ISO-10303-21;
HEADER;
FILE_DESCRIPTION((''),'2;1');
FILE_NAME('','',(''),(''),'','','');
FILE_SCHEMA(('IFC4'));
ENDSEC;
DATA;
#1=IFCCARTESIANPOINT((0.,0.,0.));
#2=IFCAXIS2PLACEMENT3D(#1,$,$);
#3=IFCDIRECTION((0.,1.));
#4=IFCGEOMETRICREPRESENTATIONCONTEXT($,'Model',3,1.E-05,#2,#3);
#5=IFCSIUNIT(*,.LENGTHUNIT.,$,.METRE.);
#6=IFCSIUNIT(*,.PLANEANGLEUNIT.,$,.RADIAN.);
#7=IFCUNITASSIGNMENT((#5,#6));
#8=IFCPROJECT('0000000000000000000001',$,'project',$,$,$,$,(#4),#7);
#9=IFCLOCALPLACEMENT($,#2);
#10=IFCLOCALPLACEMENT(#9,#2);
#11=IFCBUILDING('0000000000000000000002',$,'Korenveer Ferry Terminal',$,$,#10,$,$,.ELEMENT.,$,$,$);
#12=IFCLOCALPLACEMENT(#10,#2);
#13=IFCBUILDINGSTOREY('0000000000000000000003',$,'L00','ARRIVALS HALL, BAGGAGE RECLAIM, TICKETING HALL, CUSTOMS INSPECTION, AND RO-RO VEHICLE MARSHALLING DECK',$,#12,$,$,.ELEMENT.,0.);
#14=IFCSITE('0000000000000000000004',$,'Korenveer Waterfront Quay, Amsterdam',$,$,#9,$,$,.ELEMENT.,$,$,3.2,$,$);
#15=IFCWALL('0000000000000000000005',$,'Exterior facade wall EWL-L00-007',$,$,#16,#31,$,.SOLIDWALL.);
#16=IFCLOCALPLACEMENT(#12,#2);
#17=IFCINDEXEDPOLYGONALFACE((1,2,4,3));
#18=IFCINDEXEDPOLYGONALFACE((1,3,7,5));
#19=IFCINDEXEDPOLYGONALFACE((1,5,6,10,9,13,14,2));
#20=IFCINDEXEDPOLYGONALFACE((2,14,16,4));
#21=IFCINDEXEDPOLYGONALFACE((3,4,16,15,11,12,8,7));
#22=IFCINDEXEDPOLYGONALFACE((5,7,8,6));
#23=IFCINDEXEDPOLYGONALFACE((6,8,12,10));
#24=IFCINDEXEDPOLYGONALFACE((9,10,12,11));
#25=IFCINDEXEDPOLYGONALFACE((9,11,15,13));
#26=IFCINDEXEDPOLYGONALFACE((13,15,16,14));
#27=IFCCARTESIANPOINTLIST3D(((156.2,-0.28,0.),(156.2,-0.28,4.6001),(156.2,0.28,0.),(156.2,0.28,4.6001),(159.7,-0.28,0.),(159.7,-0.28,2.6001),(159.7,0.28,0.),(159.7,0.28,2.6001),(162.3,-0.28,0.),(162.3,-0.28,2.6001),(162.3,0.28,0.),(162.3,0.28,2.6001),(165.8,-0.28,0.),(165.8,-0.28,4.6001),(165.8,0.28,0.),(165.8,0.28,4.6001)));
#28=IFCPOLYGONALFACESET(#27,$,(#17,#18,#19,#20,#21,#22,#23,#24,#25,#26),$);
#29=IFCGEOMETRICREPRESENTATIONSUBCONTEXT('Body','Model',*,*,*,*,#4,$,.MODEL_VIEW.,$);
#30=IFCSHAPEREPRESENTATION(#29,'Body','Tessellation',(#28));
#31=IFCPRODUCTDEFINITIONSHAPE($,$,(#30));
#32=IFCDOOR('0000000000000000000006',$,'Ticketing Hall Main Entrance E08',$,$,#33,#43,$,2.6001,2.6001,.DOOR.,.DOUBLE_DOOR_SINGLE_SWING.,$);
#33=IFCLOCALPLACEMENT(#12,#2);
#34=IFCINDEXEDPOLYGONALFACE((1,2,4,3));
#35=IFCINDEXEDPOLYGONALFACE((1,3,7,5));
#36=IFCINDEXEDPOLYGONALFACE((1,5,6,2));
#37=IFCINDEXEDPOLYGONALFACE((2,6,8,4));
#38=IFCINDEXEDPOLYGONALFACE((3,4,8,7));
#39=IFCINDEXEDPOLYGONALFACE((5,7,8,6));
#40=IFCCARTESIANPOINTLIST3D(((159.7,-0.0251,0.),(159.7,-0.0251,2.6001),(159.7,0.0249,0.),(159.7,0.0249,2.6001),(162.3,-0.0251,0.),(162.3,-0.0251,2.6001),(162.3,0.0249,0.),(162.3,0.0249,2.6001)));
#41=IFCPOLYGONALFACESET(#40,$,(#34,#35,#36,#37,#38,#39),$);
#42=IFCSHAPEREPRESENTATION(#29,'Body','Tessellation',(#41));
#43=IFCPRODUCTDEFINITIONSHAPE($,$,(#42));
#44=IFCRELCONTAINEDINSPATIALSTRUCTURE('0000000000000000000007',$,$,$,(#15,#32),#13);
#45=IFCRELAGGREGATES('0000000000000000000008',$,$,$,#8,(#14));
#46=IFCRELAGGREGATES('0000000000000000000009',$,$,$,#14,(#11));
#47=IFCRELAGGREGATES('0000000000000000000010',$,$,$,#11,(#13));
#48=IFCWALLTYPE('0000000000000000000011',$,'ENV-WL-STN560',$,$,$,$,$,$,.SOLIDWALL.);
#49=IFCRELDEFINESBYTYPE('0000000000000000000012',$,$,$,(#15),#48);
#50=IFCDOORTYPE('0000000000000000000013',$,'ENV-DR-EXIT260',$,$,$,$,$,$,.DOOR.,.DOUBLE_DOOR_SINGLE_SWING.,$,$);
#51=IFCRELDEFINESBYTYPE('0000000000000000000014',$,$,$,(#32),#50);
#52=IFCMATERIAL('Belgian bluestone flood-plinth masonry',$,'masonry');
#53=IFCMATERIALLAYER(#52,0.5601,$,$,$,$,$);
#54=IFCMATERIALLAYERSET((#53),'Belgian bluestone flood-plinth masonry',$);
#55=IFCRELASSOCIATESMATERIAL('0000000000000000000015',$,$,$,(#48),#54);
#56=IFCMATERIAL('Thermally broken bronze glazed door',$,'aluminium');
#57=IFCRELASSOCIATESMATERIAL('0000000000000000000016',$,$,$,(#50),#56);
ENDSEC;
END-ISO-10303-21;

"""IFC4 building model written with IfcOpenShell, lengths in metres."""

from ifc_helpers import new_model, si_unit, direction, frame, frame_2d, origin, place, context, subcontext, project, spatial, rectangle, extrude, material, layer, layer_set, type_object, element, fill, save


model = new_model("IFC4")

# Units and contexts
model_context = context("Model", 3, precision=1e-05, world=origin(), true_north=direction((0.0, 1.0)))
body_context = subcontext(model_context, "Body", "Model", "MODEL_VIEW")
ifc_project = project(units=[si_unit("LENGTHUNIT", "METRE"), si_unit("PLANEANGLEUNIT", "RADIAN")], contexts=[model_context])

# Site, building, storey
site_placement = place(None, origin())
site = spatial("IfcSite", under=ifc_project, at=site_placement, Name="Korenveer Waterfront Quay, Amsterdam", CompositionType="ELEMENT", RefElevation=3.2)
building_placement = place(site_placement, origin())
building = spatial("IfcBuilding", under=site, at=building_placement, Name="Korenveer Ferry Terminal", CompositionType="ELEMENT")
storey_placement = place(building_placement, origin())
storey = spatial("IfcBuildingStorey", under=building, at=storey_placement, Name="L00", Description="ARRIVALS HALL, BAGGAGE RECLAIM, TICKETING HALL, CUSTOMS INSPECTION, AND RO-RO VEHICLE MARSHALLING DECK", CompositionType="ELEMENT", Elevation=0.0)

# Wall, opening, door
ifc_material_1 = material(Name="Belgian bluestone flood-plinth masonry", Category="masonry")
ifc_layer_1 = layer(ifc_material_1, 0.5601)
ifc_layer_set_1 = layer_set([ifc_layer_1], Name="Belgian bluestone flood-plinth masonry")
wall_type = type_object("IfcWallType", Name="ENV-WL-STN560", PredefinedType="SOLIDWALL", material=ifc_layer_set_1)
wall_placement = place(storey_placement, frame((156.2, 0.0, 0.0), z_axis=(0.0, 0.0, 1.0), x_axis=(1.0, 0.0, 0.0)))
wall = element("IfcWall", 1, at=wall_placement, inside=storey, type_object=wall_type, Name="Exterior facade wall EWL-L00-007", PredefinedType="SOLIDWALL", context=body_context, shape_type="SweptSolid", body=[
    extrude(rectangle(XDim=9.6001, YDim=0.5601, at=frame_2d((4.8, 0.0))), origin(), (0.0, 0.0, 1.0), 4.6001),
])
opening_placement = place(wall_placement, frame((3.5, 0.0, 0.0)))
opening = element("IfcOpeningElement", 2, at=opening_placement, cuts=wall, PredefinedType="OPENING", context=body_context, shape_type="SweptSolid", body=[
    extrude(rectangle(XDim=2.6001, YDim=2.6001, at=frame_2d((1.3, 1.3))), frame((0.0, 0.29, 0.0), z_axis=(0.0, -1.0, 0.0), x_axis=(1.0, 0.0, 0.0)), (0.0, 0.0, 1.0), 0.5801),
])
ifc_material_2 = material(Name="Thermally broken bronze glazed door", Category="aluminium")
door_type = type_object("IfcDoorType", Name="ENV-DR-EXIT260", OperationType="DOUBLE_DOOR_SINGLE_SWING", PredefinedType="DOOR", material=ifc_material_2)
door_placement = place(opening_placement, origin())
door = element("IfcDoor", 3, at=door_placement, inside=storey, type_object=door_type, Name="Ticketing Hall Main Entrance E08", OperationType="DOUBLE_DOOR_SINGLE_SWING", OverallHeight=2.6001, OverallWidth=2.6001, PredefinedType="DOOR", context=body_context, shape_type="SweptSolid", body=[
    extrude(rectangle(XDim=2.6001, YDim=2.6001, at=frame_2d((1.3, 1.3))), frame((0.0, 0.0249, 0.0), z_axis=(0.0, -1.0, 0.0), x_axis=(1.0, 0.0, 0.0)), (0.0, 0.0, 1.0), 0.05),
])
fill(opening, door)

save(model, "model.ifc")
